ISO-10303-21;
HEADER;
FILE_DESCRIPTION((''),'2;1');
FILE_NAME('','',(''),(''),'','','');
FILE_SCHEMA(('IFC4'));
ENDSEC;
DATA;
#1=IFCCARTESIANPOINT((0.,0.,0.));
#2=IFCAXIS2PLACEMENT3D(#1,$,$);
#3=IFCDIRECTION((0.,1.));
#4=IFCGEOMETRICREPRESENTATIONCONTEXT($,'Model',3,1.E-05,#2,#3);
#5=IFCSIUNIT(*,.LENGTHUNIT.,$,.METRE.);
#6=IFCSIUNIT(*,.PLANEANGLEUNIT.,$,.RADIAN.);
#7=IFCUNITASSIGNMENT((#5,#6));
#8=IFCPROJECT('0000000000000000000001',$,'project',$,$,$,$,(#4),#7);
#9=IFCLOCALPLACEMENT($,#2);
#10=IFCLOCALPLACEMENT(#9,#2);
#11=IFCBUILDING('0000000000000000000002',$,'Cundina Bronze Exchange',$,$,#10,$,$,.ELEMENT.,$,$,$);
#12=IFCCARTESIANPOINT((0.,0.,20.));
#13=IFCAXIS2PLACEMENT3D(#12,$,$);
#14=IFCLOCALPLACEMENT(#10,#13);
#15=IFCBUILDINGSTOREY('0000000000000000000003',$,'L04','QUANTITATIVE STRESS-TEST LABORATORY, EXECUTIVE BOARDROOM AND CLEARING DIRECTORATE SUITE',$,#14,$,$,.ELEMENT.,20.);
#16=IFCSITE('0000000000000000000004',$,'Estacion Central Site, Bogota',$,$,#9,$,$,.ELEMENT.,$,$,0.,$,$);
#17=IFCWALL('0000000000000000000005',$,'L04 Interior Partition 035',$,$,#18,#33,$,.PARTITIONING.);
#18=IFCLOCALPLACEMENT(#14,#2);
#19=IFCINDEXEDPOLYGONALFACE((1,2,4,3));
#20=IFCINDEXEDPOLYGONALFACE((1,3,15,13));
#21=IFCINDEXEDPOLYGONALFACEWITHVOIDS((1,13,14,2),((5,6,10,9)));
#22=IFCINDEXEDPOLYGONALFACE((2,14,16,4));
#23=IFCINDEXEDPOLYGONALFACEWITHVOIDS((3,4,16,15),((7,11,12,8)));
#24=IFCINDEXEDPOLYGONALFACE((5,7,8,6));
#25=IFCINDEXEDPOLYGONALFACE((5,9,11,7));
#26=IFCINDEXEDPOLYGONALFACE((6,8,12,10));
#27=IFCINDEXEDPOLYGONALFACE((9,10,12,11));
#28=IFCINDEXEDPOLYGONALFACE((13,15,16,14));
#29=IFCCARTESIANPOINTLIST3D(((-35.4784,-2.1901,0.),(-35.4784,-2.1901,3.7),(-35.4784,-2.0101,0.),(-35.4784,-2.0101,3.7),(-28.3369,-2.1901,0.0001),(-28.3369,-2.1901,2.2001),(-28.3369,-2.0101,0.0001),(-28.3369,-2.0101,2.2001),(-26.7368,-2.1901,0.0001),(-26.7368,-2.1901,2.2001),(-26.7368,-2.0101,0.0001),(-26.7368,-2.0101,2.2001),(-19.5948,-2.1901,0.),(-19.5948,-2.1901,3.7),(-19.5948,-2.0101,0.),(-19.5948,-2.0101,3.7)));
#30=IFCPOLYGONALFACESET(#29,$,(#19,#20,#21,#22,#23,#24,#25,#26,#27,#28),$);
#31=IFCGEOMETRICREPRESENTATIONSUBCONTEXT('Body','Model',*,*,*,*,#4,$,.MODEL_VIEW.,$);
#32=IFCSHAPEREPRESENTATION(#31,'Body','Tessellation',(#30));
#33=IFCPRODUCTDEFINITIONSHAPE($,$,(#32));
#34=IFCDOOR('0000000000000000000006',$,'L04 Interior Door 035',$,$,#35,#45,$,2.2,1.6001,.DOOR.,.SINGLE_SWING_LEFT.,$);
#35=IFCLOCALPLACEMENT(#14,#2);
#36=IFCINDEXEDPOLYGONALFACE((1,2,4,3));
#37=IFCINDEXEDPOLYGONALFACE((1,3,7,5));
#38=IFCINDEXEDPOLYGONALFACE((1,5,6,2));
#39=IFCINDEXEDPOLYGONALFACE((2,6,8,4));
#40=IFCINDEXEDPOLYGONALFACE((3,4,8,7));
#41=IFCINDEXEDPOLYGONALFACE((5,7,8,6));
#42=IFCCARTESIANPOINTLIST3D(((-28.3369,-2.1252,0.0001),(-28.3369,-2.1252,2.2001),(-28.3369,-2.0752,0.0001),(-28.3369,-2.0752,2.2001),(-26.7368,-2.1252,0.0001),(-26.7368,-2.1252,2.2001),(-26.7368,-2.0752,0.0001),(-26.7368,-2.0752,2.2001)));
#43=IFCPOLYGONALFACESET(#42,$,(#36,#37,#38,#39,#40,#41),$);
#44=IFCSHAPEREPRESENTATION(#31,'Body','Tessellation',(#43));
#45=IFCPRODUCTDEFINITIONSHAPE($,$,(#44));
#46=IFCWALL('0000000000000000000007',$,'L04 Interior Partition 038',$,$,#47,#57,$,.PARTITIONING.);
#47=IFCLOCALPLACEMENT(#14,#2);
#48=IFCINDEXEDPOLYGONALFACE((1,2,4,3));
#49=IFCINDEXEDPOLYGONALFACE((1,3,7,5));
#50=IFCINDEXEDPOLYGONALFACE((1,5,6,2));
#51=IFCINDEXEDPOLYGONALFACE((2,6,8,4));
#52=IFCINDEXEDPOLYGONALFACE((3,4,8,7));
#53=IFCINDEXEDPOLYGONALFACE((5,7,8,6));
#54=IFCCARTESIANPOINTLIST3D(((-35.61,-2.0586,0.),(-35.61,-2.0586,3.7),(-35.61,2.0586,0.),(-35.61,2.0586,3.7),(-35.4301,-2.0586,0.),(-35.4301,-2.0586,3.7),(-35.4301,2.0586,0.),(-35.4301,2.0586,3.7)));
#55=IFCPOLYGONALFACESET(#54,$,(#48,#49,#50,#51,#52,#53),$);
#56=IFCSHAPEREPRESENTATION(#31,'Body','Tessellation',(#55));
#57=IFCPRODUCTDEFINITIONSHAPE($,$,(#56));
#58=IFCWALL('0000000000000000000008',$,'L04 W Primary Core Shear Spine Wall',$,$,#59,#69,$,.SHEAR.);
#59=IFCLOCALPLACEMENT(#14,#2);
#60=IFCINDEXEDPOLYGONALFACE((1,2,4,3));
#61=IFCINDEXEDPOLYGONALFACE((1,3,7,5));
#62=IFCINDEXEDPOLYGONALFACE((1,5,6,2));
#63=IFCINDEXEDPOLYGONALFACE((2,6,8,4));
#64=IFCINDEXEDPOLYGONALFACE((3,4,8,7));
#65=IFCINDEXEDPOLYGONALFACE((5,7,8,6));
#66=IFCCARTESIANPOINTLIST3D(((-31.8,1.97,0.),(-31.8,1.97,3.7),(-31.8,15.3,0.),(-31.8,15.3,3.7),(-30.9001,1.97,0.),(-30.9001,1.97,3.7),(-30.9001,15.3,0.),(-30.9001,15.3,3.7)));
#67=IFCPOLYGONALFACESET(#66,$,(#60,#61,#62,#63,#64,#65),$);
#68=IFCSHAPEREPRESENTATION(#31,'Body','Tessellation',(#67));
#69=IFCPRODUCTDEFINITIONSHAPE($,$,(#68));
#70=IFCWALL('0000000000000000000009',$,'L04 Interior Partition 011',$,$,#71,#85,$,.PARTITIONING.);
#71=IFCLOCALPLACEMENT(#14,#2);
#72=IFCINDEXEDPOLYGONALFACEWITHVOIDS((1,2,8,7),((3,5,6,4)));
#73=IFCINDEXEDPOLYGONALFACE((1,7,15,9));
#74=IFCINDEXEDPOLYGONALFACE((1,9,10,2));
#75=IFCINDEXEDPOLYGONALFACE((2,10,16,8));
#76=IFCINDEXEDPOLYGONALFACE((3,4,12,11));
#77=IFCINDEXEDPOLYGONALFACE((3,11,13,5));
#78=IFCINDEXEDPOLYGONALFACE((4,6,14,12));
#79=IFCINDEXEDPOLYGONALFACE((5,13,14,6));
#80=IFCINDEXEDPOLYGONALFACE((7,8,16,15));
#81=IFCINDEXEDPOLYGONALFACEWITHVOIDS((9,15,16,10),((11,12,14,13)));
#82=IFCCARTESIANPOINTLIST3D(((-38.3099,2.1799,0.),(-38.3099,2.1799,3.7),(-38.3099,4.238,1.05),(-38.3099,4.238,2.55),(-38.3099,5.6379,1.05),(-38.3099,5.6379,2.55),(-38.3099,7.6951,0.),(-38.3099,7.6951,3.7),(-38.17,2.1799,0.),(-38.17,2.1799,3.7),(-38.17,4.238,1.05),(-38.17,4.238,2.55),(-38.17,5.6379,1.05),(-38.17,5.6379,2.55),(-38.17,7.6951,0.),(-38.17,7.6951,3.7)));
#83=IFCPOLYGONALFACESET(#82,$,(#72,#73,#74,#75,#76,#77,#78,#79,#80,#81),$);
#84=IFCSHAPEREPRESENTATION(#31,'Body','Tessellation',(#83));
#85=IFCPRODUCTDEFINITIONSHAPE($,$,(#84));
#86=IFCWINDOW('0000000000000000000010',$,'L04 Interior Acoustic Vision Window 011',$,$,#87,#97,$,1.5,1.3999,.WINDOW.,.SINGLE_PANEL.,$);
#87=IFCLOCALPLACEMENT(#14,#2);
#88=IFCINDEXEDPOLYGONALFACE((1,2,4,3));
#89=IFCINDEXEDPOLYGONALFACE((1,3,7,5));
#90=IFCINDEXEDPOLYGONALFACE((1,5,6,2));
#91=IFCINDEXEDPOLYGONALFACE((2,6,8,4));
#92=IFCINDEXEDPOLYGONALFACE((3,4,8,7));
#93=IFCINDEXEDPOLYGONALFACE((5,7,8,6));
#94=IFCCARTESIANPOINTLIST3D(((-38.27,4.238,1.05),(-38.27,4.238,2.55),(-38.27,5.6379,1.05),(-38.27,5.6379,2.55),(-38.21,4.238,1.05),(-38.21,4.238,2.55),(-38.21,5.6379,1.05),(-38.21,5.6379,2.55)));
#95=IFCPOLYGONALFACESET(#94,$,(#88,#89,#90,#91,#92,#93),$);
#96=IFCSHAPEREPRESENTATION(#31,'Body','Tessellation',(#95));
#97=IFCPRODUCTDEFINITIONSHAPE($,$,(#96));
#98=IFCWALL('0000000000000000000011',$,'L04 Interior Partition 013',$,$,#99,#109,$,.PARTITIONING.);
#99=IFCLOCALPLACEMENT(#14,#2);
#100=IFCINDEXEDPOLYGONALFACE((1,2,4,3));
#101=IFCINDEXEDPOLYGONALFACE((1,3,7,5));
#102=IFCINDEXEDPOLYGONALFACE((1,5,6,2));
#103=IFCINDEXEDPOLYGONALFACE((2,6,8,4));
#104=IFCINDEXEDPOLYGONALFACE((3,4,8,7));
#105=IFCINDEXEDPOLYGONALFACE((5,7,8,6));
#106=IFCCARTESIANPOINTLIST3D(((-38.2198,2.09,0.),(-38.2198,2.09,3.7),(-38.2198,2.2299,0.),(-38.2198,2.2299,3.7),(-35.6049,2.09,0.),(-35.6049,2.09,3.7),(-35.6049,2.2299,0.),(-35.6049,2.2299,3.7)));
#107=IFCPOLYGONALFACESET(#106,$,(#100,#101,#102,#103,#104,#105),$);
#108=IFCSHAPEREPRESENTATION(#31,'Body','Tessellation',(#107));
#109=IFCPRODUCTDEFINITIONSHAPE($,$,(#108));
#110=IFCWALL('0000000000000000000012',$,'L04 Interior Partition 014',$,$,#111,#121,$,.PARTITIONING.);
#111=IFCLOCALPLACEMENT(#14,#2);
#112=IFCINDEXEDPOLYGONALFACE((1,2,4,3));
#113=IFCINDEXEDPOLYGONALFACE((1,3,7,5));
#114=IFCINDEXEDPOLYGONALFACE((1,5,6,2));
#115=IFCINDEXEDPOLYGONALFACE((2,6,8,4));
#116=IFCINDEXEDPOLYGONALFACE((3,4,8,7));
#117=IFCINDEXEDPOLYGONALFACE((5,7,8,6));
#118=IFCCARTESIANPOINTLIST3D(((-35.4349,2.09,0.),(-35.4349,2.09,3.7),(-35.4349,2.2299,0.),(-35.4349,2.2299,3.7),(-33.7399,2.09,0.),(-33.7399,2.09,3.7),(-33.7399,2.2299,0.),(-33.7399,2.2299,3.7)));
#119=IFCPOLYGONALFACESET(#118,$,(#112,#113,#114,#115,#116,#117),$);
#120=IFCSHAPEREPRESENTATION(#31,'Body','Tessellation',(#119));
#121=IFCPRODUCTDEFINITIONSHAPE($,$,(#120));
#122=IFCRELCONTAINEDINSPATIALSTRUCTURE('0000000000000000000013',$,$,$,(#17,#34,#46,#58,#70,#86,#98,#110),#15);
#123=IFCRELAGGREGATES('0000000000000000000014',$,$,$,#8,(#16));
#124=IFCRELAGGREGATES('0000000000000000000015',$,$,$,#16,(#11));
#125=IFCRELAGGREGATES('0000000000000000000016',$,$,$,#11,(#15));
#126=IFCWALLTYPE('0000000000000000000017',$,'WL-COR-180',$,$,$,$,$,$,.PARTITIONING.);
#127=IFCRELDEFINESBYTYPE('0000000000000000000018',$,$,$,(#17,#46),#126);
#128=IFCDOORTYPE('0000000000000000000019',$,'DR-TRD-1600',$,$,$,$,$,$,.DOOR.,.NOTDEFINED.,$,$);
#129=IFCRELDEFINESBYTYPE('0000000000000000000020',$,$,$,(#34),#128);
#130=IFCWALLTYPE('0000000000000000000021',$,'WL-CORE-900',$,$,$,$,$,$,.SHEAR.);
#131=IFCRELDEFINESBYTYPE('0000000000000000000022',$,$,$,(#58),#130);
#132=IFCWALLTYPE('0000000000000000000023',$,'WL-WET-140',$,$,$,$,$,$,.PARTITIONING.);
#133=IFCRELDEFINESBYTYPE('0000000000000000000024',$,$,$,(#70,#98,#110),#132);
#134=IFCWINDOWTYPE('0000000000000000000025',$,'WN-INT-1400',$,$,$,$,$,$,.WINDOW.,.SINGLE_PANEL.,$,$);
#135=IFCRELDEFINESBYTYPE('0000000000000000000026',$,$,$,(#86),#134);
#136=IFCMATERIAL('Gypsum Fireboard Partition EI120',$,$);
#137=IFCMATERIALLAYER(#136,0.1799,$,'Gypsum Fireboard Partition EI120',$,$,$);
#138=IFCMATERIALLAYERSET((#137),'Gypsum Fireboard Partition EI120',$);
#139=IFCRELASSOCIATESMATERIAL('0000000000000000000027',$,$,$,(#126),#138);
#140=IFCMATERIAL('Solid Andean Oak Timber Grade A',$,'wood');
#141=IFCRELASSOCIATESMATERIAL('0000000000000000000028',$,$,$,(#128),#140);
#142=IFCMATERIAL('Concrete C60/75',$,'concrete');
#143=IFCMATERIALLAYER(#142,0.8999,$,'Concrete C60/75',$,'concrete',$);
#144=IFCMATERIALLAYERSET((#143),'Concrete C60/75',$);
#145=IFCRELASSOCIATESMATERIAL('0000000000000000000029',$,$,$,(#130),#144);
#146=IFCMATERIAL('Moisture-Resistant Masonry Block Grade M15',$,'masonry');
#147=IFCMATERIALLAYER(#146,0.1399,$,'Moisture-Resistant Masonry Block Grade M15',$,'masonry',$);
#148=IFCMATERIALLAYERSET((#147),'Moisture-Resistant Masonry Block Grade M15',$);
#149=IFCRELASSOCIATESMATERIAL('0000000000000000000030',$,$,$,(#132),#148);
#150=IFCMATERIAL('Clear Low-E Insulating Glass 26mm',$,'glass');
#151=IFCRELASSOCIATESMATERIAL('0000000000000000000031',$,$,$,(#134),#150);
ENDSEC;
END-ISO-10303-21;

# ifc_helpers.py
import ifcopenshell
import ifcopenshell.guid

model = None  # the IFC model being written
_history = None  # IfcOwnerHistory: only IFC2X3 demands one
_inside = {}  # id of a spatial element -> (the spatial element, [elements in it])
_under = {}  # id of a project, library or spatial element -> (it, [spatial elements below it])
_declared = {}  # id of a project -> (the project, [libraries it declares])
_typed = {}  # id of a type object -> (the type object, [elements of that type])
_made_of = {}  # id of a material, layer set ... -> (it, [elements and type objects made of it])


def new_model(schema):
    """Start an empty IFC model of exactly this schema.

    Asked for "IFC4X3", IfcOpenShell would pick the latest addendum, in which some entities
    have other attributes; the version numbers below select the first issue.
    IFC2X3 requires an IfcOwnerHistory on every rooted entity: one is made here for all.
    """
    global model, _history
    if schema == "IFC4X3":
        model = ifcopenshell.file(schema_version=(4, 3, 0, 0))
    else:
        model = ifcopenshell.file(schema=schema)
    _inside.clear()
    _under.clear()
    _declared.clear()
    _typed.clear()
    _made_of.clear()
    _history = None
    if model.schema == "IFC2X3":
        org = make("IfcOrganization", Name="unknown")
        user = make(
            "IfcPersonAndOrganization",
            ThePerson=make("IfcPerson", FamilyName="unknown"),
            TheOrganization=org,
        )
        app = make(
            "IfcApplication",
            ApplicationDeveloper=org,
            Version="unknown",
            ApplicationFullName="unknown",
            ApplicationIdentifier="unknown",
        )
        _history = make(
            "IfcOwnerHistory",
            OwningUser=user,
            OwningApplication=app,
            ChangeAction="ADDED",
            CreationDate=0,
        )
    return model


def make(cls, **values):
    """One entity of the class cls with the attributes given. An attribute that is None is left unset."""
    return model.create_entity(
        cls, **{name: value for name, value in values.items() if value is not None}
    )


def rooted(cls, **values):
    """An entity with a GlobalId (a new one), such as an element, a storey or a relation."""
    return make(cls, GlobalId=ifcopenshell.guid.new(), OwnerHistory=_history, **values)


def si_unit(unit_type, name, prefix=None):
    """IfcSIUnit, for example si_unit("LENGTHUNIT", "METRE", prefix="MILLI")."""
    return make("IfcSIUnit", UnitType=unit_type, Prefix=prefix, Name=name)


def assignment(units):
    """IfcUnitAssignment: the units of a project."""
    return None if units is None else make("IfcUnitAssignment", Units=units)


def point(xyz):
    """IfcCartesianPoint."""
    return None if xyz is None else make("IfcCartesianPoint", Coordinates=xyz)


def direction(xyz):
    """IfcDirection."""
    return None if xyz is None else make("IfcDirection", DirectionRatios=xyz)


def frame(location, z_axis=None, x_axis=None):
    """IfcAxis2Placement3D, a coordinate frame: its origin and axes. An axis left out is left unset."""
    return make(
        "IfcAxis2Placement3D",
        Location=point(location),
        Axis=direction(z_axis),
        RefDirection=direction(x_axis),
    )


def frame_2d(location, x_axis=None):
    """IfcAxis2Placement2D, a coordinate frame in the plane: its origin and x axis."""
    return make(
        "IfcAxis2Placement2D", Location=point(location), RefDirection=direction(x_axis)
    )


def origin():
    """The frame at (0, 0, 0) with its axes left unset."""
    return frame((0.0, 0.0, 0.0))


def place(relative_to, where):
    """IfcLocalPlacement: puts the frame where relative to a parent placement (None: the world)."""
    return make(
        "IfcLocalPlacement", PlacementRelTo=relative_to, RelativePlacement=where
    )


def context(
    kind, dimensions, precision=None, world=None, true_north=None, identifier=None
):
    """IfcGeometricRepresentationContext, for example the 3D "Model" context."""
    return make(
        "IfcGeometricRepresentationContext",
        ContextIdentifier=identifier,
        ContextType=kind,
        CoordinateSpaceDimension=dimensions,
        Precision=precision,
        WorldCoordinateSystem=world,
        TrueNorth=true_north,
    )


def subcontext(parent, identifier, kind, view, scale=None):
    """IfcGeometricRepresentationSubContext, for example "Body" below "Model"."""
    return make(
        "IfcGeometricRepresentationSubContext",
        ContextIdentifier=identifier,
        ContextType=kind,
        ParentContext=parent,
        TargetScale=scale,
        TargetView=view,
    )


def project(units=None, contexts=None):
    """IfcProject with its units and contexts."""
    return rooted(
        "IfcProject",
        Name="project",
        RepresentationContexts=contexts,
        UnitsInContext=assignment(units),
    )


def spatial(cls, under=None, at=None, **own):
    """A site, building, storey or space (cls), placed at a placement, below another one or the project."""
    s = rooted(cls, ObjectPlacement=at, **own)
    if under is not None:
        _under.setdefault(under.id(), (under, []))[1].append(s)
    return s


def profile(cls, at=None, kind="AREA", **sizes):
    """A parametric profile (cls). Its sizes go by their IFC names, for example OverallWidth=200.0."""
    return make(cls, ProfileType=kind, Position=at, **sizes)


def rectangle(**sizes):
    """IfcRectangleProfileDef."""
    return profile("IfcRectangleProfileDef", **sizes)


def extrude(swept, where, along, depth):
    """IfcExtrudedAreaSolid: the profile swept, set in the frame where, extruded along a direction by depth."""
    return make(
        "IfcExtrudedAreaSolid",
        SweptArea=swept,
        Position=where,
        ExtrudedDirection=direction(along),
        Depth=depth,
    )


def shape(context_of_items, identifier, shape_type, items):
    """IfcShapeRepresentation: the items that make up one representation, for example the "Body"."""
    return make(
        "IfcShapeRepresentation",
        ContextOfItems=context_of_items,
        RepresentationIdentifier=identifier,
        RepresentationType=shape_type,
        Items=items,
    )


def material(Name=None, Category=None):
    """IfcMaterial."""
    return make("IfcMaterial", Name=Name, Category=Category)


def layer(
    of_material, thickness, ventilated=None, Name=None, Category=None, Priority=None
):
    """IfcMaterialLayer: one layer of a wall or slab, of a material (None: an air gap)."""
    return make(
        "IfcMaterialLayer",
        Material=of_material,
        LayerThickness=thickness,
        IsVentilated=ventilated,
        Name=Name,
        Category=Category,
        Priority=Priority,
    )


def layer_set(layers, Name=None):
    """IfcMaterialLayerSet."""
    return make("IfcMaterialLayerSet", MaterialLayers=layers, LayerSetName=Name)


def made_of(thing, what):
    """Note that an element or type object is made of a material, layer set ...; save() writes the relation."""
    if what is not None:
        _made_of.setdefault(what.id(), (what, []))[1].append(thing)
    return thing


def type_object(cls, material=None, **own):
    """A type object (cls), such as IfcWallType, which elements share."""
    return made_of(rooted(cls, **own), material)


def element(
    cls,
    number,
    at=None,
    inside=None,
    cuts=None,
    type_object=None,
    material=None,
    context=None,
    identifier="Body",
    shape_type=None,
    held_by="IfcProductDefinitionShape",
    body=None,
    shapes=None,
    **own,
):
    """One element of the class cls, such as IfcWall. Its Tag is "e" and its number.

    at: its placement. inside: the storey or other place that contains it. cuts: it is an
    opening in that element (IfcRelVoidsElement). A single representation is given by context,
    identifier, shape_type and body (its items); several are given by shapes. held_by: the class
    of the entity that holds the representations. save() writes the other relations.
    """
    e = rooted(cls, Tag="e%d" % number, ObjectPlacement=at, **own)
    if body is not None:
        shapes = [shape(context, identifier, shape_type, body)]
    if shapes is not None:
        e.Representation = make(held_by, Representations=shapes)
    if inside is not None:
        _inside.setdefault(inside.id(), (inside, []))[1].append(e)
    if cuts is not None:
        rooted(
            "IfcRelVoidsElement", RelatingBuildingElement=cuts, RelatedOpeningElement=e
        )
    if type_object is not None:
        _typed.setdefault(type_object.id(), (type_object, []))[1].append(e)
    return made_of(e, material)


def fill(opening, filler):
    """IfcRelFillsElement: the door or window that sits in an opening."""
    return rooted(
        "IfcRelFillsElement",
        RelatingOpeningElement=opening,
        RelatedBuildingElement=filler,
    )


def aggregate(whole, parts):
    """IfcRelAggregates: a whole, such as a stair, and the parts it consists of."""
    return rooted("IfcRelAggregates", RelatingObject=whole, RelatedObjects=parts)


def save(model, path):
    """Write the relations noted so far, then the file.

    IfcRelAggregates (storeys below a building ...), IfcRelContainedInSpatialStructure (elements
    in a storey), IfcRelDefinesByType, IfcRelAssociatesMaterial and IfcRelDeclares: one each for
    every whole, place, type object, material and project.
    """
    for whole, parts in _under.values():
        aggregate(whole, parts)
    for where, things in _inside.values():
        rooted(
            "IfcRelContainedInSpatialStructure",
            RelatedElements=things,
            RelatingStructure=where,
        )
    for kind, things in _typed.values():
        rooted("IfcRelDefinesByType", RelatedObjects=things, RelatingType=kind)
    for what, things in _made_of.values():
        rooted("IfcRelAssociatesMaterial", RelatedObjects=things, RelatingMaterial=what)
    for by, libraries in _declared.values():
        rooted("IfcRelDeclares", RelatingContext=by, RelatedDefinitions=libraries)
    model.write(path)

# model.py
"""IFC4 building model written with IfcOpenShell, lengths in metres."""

from ifc_helpers import new_model, si_unit, direction, frame, frame_2d, origin, place, context, subcontext, project, spatial, rectangle, extrude, material, layer, layer_set, type_object, element, fill, save


model = new_model("IFC4")

# Units and contexts
model_context = context("Model", 3, precision=1e-05, world=origin(), true_north=direction((0.0, 1.0)))
body_context = subcontext(model_context, "Body", "Model", "MODEL_VIEW")
ifc_project = project(units=[si_unit("LENGTHUNIT", "METRE"), si_unit("PLANEANGLEUNIT", "RADIAN")], contexts=[model_context])

# Site, building, storey
site_placement = place(None, origin())
site = spatial("IfcSite", under=ifc_project, at=site_placement, Name="Estacion Central Site, Bogota", CompositionType="ELEMENT", RefElevation=0.0)
building_placement = place(site_placement, origin())
building = spatial("IfcBuilding", under=site, at=building_placement, Name="Cundina Bronze Exchange", CompositionType="ELEMENT")
storey_placement = place(building_placement, frame((0.0, 0.0, 20.0)))
storey = spatial("IfcBuildingStorey", under=building, at=storey_placement, Name="L04", Description="QUANTITATIVE STRESS-TEST LABORATORY, EXECUTIVE BOARDROOM AND CLEARING DIRECTORATE SUITE", CompositionType="ELEMENT", Elevation=20.0)

# Shared definitions
ifc_material_1 = material(Name="Concrete C60/75", Category="concrete")

# Wall, opening, door
ifc_material_2 = material(Name="Gypsum Fireboard Partition EI120")
ifc_layer_1 = layer(ifc_material_2, 0.1799, Name="Gypsum Fireboard Partition EI120")
ifc_layer_set_1 = layer_set([ifc_layer_1], Name="Gypsum Fireboard Partition EI120")
wall_type_1 = type_object("IfcWallType", Name="WL-COR-180", PredefinedType="PARTITIONING", material=ifc_layer_set_1)
ifc_material_3 = material(Name="Solid Andean Oak Timber Grade A", Category="wood")
wall_1_placement = place(storey_placement, frame((-35.4785, -2.1001, 0.0), z_axis=(0.0, 0.0, 1.0), x_axis=(1.0, 0.0, 0.0)))
wall_1 = element("IfcWall", 1, at=wall_1_placement, inside=storey, type_object=wall_type_1, Name="L04 Interior Partition 035", PredefinedType="PARTITIONING", context=body_context, shape_type="SweptSolid", body=[
    extrude(rectangle(XDim=15.8835, YDim=0.1799, at=frame_2d((7.9419, 0.0))), origin(), (0.0, 0.0, 1.0), 3.7),
])
opening_1_placement = place(wall_1_placement, frame((7.1416, 0.0, 0.0)))
opening_1 = element("IfcOpeningElement", 2, at=opening_1_placement, cuts=wall_1, PredefinedType="OPENING", context=body_context, shape_type="SweptSolid", body=[
    extrude(rectangle(XDim=1.6001, YDim=2.2, at=frame_2d((0.8, 1.1001))), frame((0.0, 0.0999, 0.0), z_axis=(0.0, -1.0, 0.0), x_axis=(1.0, 0.0, 0.0)), (0.0, 0.0, 1.0), 0.2),
])
door_type_1 = type_object("IfcDoorType", Name="DR-TRD-1600", OperationType="NOTDEFINED", PredefinedType="DOOR", material=ifc_material_3)
door_1_placement = place(opening_1_placement, origin())
door_1 = element("IfcDoor", 3, at=door_1_placement, inside=storey, type_object=door_type_1, Name="L04 Interior Door 035", OperationType="SINGLE_SWING_LEFT", OverallHeight=2.2, OverallWidth=1.6001, PredefinedType="DOOR", context=body_context, shape_type="SweptSolid", body=[
    extrude(rectangle(XDim=1.6001, YDim=2.2, at=frame_2d((0.8, 1.1001))), frame((0.0, 0.0249, 0.0), z_axis=(0.0, -1.0, 0.0), x_axis=(1.0, 0.0, 0.0)), (0.0, 0.0, 1.0), 0.05),
])
fill(opening_1, door_1)

# Walls
wall_2_placement = place(storey_placement, frame((-35.52, 2.0586, 0.0), z_axis=(0.0, 0.0, 1.0), x_axis=(0.0, -1.0, 0.0)))
element("IfcWall", 4, at=wall_2_placement, inside=storey, type_object=wall_type_1, Name="L04 Interior Partition 038", PredefinedType="PARTITIONING", context=body_context, shape_type="SweptSolid", body=[
    extrude(rectangle(XDim=4.1172, YDim=0.1799, at=frame_2d((2.0586, 0.0))), origin(), (0.0, 0.0, 1.0), 3.7),
])
ifc_layer_2 = layer(ifc_material_1, 0.8999, Name="Concrete C60/75", Category="concrete")
ifc_layer_set_2 = layer_set([ifc_layer_2], Name="Concrete C60/75")
wall_type_2 = type_object("IfcWallType", Name="WL-CORE-900", PredefinedType="SHEAR", material=ifc_layer_set_2)
wall_3_placement = place(storey_placement, frame((-31.3501, 1.97, 0.0), z_axis=(0.0, 0.0, 1.0), x_axis=(0.0, 1.0, 0.0)))
element("IfcWall", 5, at=wall_3_placement, inside=storey, type_object=wall_type_2, Name="L04 W Primary Core Shear Spine Wall", PredefinedType="SHEAR", context=body_context, shape_type="SweptSolid", body=[
    extrude(rectangle(XDim=13.3301, YDim=0.8999, at=frame_2d((6.665, 0.0))), origin(), (0.0, 0.0, 1.0), 3.7),
])

# Wall, opening, window
ifc_material_4 = material(Name="Moisture-Resistant Masonry Block Grade M15", Category="masonry")
ifc_layer_3 = layer(ifc_material_4, 0.1399, Name="Moisture-Resistant Masonry Block Grade M15", Category="masonry")
ifc_layer_set_3 = layer_set([ifc_layer_3], Name="Moisture-Resistant Masonry Block Grade M15")
wall_type_3 = type_object("IfcWallType", Name="WL-WET-140", PredefinedType="PARTITIONING", material=ifc_layer_set_3)
wall_4_placement = place(storey_placement, frame((-38.24, 2.1799, 0.0), z_axis=(0.0, 0.0, 1.0), x_axis=(0.0, 1.0, 0.0)))
wall_4 = element("IfcWall", 6, at=wall_4_placement, inside=storey, type_object=wall_type_3, Name="L04 Interior Partition 011", PredefinedType="PARTITIONING", context=body_context, shape_type="SweptSolid", body=[
    extrude(rectangle(XDim=5.5151, YDim=0.1399, at=frame_2d((2.7576, 0.0))), origin(), (0.0, 0.0, 1.0), 3.7),
])
opening_2_placement = place(wall_4_placement, frame((2.0581, 0.0, 1.05)))
opening_2 = element("IfcOpeningElement", 7, at=opening_2_placement, cuts=wall_4, PredefinedType="OPENING", context=body_context, shape_type="SweptSolid", body=[
    extrude(rectangle(XDim=1.3999, YDim=1.5, at=frame_2d((0.7, 0.75))), frame((0.0, 0.0798, 0.0), z_axis=(0.0, -1.0, 0.0), x_axis=(1.0, 0.0, 0.0)), (0.0, 0.0, 1.0), 0.1599),
])
ifc_material_5 = material(Name="Clear Low-E Insulating Glass 26mm", Category="glass")
window_type = type_object("IfcWindowType", Name="WN-INT-1400", PartitioningType="SINGLE_PANEL", PredefinedType="WINDOW", material=ifc_material_5)
window_placement = place(opening_2_placement, origin())
window = element("IfcWindow", 8, at=window_placement, inside=storey, type_object=window_type, Name="L04 Interior Acoustic Vision Window 011", OverallHeight=1.5, OverallWidth=1.3999, PartitioningType="SINGLE_PANEL", PredefinedType="WINDOW", context=body_context, shape_type="SweptSolid", body=[
    extrude(rectangle(XDim=1.3999, YDim=1.5, at=frame_2d((0.7, 0.75))), frame((0.0, 0.03, 0.0), z_axis=(0.0, -1.0, 0.0), x_axis=(1.0, 0.0, 0.0)), (0.0, 0.0, 1.0), 0.0601),
])
fill(opening_2, window)

# Walls
wall_5_placement = place(storey_placement, frame((-38.22, 2.1599, 0.0), z_axis=(0.0, 0.0, 1.0), x_axis=(1.0, 0.0, 0.0)))
element("IfcWall", 9, at=wall_5_placement, inside=storey, type_object=wall_type_3, Name="L04 Interior Partition 013", PredefinedType="PARTITIONING", context=body_context, shape_type="SweptSolid", body=[
    extrude(rectangle(XDim=2.615, YDim=0.1399, at=frame_2d((1.3076, 0.0))), origin(), (0.0, 0.0, 1.0), 3.7),
])
wall_6_placement = place(storey_placement, frame((-35.4351, 2.1599, 0.0), z_axis=(0.0, 0.0, 1.0), x_axis=(1.0, 0.0, 0.0)))
element("IfcWall", 10, at=wall_6_placement, inside=storey, type_object=wall_type_3, Name="L04 Interior Partition 014", PredefinedType="PARTITIONING", context=body_context, shape_type="SweptSolid", body=[
    extrude(rectangle(XDim=1.6951, YDim=0.1399, at=frame_2d((0.8477, 0.0))), origin(), (0.0, 0.0, 1.0), 3.7),
])

save(model, "model.ifc")
